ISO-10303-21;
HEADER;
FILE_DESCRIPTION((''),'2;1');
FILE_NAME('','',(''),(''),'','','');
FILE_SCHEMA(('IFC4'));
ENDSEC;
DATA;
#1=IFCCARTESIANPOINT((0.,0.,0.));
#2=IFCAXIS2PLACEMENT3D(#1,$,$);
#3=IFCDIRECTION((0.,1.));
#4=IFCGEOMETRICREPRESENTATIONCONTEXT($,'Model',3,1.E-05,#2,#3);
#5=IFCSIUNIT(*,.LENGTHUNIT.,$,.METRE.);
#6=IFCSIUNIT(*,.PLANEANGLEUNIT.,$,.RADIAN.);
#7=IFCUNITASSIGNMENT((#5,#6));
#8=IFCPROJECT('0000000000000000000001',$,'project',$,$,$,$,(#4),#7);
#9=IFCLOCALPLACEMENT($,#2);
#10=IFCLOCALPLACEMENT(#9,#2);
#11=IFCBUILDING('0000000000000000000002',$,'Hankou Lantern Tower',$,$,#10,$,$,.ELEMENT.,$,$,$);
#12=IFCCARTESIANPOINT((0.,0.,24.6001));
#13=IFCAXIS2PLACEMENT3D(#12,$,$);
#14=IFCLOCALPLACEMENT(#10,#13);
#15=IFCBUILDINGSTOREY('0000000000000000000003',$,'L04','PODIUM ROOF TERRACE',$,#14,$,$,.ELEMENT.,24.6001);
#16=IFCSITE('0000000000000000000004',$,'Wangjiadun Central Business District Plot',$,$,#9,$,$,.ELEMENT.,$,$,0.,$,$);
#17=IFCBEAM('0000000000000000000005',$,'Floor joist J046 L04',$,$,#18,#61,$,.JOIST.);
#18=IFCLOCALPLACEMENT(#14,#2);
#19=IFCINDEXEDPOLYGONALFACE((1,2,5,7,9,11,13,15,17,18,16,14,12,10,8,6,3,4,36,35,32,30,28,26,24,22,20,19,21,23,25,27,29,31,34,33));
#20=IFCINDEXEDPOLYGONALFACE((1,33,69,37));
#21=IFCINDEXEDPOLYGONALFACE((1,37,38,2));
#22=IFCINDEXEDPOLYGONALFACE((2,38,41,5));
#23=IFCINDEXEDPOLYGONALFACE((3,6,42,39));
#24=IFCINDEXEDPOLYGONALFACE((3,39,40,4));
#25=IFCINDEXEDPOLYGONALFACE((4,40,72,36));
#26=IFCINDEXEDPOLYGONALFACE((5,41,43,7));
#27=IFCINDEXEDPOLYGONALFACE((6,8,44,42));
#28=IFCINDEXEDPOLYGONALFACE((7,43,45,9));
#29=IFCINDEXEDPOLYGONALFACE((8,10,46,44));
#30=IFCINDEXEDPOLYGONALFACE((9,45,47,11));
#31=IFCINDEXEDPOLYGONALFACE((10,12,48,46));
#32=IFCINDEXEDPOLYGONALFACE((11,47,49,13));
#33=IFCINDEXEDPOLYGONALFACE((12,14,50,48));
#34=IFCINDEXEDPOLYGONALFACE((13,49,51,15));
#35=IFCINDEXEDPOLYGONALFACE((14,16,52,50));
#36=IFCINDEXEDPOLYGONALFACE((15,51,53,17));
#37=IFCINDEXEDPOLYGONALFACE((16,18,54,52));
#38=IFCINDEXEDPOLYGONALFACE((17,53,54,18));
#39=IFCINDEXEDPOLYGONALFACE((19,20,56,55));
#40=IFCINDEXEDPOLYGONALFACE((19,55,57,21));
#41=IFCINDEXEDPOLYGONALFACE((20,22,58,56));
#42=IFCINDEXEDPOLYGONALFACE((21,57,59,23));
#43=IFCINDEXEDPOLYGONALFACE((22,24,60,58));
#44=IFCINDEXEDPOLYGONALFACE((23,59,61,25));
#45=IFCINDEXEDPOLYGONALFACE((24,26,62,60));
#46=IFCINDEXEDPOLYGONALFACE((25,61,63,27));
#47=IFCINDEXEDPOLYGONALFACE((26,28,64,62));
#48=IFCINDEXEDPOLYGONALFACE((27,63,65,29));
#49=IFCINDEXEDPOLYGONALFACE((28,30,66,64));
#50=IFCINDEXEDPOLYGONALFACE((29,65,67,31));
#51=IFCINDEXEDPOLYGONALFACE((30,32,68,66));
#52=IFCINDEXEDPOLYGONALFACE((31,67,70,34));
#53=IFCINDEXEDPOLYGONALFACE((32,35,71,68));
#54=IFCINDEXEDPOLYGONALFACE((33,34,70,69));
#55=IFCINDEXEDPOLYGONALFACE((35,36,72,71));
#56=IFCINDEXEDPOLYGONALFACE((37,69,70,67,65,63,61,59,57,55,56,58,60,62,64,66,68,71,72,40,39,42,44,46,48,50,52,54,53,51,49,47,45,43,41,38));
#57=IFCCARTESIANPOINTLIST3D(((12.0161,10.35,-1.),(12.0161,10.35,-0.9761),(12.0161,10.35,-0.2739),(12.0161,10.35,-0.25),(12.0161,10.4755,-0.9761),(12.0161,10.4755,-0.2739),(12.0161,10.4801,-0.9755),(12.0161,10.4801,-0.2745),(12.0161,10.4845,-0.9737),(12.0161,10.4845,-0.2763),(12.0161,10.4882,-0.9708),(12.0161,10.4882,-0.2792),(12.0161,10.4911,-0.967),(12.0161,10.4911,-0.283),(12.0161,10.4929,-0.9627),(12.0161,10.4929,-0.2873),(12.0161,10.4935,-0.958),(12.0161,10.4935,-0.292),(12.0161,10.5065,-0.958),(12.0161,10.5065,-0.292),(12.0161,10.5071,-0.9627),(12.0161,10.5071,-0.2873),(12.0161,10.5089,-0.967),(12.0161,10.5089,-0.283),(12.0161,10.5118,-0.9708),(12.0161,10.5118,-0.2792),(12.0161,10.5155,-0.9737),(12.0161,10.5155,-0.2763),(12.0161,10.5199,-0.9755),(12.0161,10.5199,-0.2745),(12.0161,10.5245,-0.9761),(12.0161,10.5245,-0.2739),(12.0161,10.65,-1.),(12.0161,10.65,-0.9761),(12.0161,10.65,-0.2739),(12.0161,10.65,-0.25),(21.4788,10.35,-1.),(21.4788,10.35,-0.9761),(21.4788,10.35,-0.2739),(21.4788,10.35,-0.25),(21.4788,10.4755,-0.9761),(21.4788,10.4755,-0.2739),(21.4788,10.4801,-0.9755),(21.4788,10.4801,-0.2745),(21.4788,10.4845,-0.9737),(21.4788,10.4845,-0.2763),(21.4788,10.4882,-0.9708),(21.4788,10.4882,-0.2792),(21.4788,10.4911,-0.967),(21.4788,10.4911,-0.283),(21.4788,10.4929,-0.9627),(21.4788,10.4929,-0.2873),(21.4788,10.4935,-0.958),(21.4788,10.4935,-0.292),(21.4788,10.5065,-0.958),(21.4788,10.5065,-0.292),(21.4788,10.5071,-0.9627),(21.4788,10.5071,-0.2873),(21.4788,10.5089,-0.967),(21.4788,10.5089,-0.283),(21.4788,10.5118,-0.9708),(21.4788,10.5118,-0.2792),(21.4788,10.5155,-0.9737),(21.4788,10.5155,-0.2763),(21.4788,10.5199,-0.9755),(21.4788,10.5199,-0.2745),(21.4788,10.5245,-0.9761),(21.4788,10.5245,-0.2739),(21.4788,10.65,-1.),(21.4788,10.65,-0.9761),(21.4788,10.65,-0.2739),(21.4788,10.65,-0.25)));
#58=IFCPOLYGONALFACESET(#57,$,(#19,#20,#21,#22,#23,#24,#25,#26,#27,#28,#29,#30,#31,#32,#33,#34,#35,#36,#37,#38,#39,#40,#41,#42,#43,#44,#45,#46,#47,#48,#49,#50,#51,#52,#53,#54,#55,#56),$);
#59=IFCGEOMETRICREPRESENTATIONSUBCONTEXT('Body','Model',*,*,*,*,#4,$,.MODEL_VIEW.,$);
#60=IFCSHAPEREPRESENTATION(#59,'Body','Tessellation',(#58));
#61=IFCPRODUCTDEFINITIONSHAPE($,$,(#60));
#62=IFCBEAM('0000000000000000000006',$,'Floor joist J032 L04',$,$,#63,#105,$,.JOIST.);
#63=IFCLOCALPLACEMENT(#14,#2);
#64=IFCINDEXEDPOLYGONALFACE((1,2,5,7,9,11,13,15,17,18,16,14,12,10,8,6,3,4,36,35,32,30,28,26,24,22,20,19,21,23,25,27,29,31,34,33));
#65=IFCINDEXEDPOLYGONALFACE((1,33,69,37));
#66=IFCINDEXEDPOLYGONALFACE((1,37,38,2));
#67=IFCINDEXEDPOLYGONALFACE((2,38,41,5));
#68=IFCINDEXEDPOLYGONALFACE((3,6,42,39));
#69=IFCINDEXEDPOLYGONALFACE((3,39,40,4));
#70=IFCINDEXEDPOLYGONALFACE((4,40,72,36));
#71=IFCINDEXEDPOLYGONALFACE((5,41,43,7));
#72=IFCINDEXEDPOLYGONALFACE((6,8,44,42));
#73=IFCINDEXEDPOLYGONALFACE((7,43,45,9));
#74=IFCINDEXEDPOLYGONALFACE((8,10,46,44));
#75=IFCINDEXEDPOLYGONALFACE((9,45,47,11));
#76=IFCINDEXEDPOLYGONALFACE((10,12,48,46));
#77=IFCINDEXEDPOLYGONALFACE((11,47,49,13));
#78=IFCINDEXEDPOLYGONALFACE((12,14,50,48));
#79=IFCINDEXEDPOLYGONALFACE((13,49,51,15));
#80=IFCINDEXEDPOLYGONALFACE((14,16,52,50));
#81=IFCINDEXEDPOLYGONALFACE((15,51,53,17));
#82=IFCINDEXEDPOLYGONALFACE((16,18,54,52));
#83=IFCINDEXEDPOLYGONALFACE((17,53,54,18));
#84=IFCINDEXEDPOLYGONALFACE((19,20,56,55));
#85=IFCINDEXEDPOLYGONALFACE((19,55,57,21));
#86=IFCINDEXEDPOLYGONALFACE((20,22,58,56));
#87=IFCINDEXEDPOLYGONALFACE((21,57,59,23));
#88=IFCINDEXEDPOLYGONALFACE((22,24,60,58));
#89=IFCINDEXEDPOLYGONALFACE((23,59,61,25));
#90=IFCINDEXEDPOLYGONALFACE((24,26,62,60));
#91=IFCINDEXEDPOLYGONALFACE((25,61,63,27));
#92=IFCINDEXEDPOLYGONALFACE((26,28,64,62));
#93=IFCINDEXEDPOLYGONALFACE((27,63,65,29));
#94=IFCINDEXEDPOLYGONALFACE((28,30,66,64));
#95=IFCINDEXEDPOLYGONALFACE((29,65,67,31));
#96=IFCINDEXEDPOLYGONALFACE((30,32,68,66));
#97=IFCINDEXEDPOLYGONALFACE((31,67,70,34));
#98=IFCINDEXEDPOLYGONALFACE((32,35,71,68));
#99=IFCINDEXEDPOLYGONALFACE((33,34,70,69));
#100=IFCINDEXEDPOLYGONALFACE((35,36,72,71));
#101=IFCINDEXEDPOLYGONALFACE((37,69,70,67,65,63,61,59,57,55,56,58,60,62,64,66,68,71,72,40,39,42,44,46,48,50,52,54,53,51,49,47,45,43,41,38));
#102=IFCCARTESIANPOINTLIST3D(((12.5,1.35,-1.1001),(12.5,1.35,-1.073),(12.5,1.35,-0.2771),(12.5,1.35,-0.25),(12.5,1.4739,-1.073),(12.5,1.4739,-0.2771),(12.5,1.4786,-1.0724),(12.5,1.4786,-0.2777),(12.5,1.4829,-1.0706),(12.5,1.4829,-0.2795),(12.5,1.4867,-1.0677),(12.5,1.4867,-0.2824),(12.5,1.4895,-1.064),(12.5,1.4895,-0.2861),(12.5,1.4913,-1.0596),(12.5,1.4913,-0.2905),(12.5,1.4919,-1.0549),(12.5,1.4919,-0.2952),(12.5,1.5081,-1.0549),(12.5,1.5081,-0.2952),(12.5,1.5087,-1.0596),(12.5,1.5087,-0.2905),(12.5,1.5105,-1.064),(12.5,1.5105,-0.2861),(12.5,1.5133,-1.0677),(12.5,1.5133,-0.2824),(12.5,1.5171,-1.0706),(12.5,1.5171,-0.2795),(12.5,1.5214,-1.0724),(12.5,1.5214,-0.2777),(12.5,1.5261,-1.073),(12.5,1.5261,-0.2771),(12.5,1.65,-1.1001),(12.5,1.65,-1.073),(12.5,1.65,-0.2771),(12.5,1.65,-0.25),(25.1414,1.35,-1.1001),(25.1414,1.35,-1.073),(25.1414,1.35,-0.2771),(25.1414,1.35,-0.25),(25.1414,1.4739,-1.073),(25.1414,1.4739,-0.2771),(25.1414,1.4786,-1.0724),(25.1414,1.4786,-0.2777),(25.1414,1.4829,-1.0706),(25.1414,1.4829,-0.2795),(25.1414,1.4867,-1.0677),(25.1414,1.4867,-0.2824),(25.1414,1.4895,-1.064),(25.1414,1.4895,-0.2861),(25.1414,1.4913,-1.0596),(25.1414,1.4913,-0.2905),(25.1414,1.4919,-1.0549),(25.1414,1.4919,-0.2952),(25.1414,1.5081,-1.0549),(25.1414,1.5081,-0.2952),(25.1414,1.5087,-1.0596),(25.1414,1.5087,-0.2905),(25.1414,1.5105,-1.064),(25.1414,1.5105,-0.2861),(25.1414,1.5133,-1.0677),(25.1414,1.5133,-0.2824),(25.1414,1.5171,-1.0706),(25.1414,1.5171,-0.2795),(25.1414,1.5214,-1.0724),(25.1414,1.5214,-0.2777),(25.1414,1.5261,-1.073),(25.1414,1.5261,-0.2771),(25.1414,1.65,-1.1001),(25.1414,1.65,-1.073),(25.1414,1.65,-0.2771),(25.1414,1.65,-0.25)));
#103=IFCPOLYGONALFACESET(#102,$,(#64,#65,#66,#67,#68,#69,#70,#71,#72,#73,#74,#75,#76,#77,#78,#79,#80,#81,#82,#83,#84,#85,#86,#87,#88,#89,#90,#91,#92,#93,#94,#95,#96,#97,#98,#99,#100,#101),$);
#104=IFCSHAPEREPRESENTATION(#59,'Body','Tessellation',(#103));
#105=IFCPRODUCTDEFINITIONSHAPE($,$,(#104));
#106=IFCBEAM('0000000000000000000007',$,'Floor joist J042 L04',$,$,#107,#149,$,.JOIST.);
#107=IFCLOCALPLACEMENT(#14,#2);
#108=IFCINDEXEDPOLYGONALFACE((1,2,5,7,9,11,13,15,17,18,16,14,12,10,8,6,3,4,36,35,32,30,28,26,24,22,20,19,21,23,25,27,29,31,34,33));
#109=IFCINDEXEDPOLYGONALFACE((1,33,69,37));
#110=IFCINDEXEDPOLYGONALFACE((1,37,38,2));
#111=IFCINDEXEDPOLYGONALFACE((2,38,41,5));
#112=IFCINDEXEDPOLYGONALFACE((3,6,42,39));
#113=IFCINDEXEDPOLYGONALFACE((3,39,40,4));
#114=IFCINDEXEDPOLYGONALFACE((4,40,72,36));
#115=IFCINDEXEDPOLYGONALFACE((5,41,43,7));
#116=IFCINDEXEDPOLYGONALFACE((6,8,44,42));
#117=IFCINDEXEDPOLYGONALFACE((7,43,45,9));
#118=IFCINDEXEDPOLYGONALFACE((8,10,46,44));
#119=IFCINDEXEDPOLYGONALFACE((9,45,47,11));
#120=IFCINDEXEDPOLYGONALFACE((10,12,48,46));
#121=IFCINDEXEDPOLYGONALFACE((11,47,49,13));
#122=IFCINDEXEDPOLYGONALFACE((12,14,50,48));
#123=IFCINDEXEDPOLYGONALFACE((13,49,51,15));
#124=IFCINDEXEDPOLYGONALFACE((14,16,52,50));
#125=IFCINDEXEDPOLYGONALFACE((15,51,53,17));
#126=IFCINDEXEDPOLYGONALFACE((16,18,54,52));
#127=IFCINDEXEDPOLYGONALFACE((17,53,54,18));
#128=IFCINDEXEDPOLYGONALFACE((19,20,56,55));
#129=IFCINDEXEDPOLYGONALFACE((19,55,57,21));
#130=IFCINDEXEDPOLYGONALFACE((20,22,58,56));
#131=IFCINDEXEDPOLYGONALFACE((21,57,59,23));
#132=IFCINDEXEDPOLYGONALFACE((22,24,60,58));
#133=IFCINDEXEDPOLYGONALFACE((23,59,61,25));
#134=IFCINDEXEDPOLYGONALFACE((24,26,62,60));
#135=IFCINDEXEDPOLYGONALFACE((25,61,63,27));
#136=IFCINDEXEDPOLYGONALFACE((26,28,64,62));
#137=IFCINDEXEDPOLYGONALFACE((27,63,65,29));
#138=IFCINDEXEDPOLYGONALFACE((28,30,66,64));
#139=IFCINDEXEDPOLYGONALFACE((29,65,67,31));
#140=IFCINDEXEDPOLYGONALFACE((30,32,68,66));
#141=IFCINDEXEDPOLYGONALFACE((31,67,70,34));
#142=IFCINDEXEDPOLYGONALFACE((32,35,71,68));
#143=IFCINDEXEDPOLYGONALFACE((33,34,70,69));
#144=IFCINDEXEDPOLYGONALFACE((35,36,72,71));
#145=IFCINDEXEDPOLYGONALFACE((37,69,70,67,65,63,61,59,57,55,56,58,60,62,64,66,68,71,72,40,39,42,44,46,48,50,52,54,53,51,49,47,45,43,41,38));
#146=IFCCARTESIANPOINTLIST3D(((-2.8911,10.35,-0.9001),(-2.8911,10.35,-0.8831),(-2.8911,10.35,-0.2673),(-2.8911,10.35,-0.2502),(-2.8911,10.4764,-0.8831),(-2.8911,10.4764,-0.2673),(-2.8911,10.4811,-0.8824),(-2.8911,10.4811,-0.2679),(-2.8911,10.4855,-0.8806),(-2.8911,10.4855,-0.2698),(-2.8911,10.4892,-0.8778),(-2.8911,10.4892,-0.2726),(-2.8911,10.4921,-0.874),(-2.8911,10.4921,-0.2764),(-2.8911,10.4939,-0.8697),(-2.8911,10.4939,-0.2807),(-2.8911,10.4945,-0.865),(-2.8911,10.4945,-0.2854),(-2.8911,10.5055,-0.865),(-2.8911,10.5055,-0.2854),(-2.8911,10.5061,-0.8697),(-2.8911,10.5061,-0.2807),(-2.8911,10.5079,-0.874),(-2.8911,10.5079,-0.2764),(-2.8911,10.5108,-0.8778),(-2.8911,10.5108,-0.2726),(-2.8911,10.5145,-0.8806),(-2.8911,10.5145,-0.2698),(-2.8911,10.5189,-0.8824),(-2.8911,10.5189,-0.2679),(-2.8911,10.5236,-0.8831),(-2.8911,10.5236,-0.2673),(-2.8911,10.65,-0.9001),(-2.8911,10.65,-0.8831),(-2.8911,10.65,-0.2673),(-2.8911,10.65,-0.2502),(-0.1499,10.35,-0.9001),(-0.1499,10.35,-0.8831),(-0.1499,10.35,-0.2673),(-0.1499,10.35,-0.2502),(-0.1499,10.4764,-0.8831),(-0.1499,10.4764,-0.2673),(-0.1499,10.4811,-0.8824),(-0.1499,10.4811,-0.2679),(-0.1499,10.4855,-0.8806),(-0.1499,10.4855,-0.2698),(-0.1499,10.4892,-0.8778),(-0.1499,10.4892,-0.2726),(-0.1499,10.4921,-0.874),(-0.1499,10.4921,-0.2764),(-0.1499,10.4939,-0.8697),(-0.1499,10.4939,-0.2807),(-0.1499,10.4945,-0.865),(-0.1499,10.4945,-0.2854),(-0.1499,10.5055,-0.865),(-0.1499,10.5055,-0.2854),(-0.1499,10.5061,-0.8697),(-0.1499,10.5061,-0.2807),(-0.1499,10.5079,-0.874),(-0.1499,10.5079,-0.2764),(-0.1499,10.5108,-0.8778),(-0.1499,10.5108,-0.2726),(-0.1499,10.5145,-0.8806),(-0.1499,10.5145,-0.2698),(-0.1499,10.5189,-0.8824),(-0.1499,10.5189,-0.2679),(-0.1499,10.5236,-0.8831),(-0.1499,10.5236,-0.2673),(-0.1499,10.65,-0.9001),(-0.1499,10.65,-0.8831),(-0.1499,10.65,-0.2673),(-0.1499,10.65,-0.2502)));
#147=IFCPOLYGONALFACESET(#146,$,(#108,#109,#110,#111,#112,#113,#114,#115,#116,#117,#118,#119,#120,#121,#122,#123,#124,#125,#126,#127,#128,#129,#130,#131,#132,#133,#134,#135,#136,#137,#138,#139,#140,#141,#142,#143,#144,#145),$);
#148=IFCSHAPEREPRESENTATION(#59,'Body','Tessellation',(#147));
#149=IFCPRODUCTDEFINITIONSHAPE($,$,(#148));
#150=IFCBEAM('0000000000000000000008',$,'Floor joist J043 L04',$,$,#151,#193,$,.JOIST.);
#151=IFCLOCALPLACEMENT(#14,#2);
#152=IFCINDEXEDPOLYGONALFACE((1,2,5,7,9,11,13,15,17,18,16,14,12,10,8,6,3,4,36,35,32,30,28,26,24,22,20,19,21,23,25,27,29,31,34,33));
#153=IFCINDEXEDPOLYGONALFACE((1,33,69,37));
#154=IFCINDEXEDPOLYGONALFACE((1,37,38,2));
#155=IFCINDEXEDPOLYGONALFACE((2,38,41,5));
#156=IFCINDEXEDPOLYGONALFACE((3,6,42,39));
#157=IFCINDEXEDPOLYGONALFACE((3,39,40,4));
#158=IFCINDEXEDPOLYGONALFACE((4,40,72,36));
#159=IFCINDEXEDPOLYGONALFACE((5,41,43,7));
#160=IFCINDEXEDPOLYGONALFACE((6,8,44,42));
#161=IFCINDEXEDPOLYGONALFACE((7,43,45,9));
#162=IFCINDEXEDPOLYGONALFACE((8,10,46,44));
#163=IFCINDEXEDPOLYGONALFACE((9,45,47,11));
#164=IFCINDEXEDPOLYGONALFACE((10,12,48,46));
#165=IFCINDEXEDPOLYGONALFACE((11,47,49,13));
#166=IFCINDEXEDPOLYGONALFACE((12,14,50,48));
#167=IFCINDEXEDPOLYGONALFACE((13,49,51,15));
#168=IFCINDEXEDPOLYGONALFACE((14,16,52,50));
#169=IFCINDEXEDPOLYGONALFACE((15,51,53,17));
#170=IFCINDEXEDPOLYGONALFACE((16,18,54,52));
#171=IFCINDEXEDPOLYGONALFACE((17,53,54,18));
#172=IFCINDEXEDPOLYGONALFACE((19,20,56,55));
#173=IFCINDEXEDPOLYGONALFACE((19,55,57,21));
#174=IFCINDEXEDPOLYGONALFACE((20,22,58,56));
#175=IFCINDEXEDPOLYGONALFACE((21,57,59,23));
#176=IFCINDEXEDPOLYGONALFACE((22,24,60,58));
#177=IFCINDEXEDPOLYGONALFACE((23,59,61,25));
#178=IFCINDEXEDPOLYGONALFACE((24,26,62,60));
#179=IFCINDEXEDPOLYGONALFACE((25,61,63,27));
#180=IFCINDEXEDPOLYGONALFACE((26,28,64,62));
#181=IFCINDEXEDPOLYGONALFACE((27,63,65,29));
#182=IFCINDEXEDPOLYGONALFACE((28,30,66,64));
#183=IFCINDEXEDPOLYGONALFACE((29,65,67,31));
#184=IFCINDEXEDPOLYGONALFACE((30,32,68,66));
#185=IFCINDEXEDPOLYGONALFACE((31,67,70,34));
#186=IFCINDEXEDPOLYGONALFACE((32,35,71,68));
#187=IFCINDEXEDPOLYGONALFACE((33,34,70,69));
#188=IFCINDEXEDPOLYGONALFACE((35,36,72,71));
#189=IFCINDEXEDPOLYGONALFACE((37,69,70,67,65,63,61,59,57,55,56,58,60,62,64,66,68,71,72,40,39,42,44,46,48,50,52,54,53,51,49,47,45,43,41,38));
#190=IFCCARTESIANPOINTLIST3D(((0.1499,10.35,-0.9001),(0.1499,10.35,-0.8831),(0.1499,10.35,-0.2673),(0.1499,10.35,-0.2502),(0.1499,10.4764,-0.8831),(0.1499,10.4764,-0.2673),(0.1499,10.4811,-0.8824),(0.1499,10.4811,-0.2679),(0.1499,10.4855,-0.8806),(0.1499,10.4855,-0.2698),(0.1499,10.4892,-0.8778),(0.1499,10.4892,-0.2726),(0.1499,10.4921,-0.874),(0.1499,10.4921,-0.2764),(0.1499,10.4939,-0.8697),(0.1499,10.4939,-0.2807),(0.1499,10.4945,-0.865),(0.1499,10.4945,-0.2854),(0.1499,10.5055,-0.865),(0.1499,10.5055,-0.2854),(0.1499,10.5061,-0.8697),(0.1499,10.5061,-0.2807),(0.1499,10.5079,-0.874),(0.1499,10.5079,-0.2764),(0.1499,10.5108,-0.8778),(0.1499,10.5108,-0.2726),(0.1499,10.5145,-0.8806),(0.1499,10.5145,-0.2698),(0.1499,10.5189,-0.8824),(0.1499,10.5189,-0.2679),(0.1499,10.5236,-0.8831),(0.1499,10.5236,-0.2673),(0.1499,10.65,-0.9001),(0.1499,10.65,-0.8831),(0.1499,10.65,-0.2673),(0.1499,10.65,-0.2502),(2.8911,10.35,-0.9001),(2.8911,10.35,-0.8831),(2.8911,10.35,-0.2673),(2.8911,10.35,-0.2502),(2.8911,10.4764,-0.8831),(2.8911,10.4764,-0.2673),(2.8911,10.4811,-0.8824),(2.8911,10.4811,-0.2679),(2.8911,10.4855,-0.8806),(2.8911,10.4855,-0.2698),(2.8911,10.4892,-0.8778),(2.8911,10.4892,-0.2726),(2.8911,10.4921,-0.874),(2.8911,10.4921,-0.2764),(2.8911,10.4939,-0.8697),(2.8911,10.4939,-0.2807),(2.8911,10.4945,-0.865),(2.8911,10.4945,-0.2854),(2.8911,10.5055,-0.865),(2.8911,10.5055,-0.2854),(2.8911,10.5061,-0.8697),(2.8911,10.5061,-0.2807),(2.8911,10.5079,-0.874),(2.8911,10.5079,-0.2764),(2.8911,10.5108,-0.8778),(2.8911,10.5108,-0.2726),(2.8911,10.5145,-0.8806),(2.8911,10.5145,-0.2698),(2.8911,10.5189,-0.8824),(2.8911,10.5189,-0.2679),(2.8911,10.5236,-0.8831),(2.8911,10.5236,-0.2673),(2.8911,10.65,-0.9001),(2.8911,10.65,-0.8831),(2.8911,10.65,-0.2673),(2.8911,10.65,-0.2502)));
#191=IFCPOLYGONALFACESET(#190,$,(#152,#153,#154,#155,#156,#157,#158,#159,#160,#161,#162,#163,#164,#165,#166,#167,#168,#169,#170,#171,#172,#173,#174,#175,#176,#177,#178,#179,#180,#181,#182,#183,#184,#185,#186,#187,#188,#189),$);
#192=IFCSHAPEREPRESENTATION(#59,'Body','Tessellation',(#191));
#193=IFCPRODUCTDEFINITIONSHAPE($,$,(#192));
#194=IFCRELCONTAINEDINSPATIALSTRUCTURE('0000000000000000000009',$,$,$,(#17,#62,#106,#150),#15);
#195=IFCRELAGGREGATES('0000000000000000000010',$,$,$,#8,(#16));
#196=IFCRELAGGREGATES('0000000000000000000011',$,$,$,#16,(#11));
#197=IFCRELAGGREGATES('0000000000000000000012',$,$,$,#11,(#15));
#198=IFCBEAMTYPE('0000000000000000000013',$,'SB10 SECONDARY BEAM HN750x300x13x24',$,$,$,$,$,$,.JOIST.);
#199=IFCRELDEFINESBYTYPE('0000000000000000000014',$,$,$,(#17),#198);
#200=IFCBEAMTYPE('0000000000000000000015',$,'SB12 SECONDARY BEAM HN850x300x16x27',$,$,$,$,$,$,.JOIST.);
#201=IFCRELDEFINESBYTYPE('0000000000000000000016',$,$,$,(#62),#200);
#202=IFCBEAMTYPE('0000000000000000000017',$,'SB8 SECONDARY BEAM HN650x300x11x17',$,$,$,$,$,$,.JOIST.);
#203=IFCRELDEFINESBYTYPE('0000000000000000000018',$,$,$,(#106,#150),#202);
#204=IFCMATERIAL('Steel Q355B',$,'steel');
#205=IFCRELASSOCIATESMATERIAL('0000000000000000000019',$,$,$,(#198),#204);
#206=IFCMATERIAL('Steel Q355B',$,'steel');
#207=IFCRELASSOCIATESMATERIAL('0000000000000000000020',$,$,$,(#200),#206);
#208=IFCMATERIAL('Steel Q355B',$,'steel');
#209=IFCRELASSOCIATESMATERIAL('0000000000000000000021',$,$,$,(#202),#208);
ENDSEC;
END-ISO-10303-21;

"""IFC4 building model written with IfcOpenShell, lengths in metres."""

from ifc_helpers import new_model, si_unit, direction, frame, origin, origin_2d, place, context, subcontext, project, spatial, i_section, extrude, material, material_profile, profile_set, type_object, element, save


model = new_model("IFC4")

# Units and contexts
model_context = context("Model", 3, precision=1e-05, world=origin(), true_north=direction((0.0, 1.0)))
body_context = subcontext(model_context, "Body", "Model", "MODEL_VIEW")
ifc_project = project(units=[si_unit("LENGTHUNIT", "METRE"), si_unit("PLANEANGLEUNIT", "RADIAN")], contexts=[model_context])

# Site, building, storey
site_placement = place(None, origin())
site = spatial("IfcSite", under=ifc_project, at=site_placement, Name="Wangjiadun Central Business District Plot", CompositionType="ELEMENT", RefElevation=0.0)
building_placement = place(site_placement, origin())
building = spatial("IfcBuilding", under=site, at=building_placement, Name="Hankou Lantern Tower", CompositionType="ELEMENT")
storey_placement = place(building_placement, frame((0.0, 0.0, 24.6001)))
storey = spatial("IfcBuildingStorey", under=building, at=storey_placement, Name="L04", Description="PODIUM ROOF TERRACE", CompositionType="ELEMENT", Elevation=24.6001)

# Beams
ifc_material_1 = material(Name="Steel Q355B", Category="steel")
ifc_material_profile_1 = material_profile(ifc_material_1, i_section(OverallWidth=0.3, OverallDepth=0.75, WebThickness=0.0129, FlangeThickness=0.0239, FilletRadius=0.0181, at=origin_2d()), Name="HN750x300x13x24")
ifc_profile_set_1 = profile_set([ifc_material_profile_1], Name="Steel Q355B")
beam_type_1 = type_object("IfcBeamType", Name="SB10 SECONDARY BEAM HN750x300x13x24", PredefinedType="JOIST", material=ifc_profile_set_1)
beam_1_placement = place(storey_placement, frame((12.0161, 10.5, -0.625), z_axis=(1.0, 0.0, 0.0), x_axis=(0.0, 1.0, 0.0)))
element("IfcBeam", 1, at=beam_1_placement, inside=storey, type_object=beam_type_1, Name="Floor joist J046 L04", PredefinedType="JOIST", context=body_context, shape_type="SweptSolid", body=[
    extrude(i_section(OverallWidth=0.3, OverallDepth=0.75, WebThickness=0.0129, FlangeThickness=0.0239, FilletRadius=0.0181, at=origin_2d()), origin(), (0.0, 0.0, 1.0), 9.4626),
])
ifc_material_2 = material(Name="Steel Q355B", Category="steel")
ifc_material_profile_2 = material_profile(ifc_material_2, i_section(OverallWidth=0.3, OverallDepth=0.8501, WebThickness=0.0161, FlangeThickness=0.0271, FilletRadius=0.0181, at=origin_2d()), Name="HN850x300x16x27")
ifc_profile_set_2 = profile_set([ifc_material_profile_2], Name="Steel Q355B")
beam_type_2 = type_object("IfcBeamType", Name="SB12 SECONDARY BEAM HN850x300x16x27", PredefinedType="JOIST", material=ifc_profile_set_2)
beam_2_placement = place(storey_placement, frame((12.5, 1.5, -0.675), z_axis=(1.0, 0.0, 0.0), x_axis=(0.0, 1.0, 0.0)))
element("IfcBeam", 2, at=beam_2_placement, inside=storey, type_object=beam_type_2, Name="Floor joist J032 L04", PredefinedType="JOIST", context=body_context, shape_type="SweptSolid", body=[
    extrude(i_section(OverallWidth=0.3, OverallDepth=0.8501, WebThickness=0.0161, FlangeThickness=0.0271, FilletRadius=0.0181, at=origin_2d()), origin(), (0.0, 0.0, 1.0), 12.6414),
])
ifc_material_3 = material(Name="Steel Q355B", Category="steel")
ifc_material_profile_3 = material_profile(ifc_material_3, i_section(OverallWidth=0.3, OverallDepth=0.6499, WebThickness=0.011, FlangeThickness=0.0171, FilletRadius=0.0181, at=origin_2d()), Name="HN650x300x11x17")
ifc_profile_set_3 = profile_set([ifc_material_profile_3], Name="Steel Q355B")
beam_type_3 = type_object("IfcBeamType", Name="SB8 SECONDARY BEAM HN650x300x11x17", PredefinedType="JOIST", material=ifc_profile_set_3)
for number, where, z_axis, x_axis, name in (
    (3, (-2.8911, 10.5, -0.5752), (1.0, 0.0, 0.0), (0.0, 1.0, 0.0), "Floor joist J042 L04"),
    (4, (0.1499, 10.5, -0.5752), (1.0, 0.0, 0.0), (0.0, 1.0, 0.0), "Floor joist J043 L04"),
):
    element("IfcBeam", number, at=place(storey_placement, frame(where, z_axis=z_axis, x_axis=x_axis)), inside=storey, type_object=beam_type_3, Name=name, PredefinedType="JOIST", context=body_context, shape_type="SweptSolid", body=[
        extrude(i_section(OverallWidth=0.3, OverallDepth=0.6499, WebThickness=0.011, FlangeThickness=0.0171, FilletRadius=0.0181, at=origin_2d()), origin(), (0.0, 0.0, 1.0), 2.7412),
    ])

save(model, "model.ifc")
